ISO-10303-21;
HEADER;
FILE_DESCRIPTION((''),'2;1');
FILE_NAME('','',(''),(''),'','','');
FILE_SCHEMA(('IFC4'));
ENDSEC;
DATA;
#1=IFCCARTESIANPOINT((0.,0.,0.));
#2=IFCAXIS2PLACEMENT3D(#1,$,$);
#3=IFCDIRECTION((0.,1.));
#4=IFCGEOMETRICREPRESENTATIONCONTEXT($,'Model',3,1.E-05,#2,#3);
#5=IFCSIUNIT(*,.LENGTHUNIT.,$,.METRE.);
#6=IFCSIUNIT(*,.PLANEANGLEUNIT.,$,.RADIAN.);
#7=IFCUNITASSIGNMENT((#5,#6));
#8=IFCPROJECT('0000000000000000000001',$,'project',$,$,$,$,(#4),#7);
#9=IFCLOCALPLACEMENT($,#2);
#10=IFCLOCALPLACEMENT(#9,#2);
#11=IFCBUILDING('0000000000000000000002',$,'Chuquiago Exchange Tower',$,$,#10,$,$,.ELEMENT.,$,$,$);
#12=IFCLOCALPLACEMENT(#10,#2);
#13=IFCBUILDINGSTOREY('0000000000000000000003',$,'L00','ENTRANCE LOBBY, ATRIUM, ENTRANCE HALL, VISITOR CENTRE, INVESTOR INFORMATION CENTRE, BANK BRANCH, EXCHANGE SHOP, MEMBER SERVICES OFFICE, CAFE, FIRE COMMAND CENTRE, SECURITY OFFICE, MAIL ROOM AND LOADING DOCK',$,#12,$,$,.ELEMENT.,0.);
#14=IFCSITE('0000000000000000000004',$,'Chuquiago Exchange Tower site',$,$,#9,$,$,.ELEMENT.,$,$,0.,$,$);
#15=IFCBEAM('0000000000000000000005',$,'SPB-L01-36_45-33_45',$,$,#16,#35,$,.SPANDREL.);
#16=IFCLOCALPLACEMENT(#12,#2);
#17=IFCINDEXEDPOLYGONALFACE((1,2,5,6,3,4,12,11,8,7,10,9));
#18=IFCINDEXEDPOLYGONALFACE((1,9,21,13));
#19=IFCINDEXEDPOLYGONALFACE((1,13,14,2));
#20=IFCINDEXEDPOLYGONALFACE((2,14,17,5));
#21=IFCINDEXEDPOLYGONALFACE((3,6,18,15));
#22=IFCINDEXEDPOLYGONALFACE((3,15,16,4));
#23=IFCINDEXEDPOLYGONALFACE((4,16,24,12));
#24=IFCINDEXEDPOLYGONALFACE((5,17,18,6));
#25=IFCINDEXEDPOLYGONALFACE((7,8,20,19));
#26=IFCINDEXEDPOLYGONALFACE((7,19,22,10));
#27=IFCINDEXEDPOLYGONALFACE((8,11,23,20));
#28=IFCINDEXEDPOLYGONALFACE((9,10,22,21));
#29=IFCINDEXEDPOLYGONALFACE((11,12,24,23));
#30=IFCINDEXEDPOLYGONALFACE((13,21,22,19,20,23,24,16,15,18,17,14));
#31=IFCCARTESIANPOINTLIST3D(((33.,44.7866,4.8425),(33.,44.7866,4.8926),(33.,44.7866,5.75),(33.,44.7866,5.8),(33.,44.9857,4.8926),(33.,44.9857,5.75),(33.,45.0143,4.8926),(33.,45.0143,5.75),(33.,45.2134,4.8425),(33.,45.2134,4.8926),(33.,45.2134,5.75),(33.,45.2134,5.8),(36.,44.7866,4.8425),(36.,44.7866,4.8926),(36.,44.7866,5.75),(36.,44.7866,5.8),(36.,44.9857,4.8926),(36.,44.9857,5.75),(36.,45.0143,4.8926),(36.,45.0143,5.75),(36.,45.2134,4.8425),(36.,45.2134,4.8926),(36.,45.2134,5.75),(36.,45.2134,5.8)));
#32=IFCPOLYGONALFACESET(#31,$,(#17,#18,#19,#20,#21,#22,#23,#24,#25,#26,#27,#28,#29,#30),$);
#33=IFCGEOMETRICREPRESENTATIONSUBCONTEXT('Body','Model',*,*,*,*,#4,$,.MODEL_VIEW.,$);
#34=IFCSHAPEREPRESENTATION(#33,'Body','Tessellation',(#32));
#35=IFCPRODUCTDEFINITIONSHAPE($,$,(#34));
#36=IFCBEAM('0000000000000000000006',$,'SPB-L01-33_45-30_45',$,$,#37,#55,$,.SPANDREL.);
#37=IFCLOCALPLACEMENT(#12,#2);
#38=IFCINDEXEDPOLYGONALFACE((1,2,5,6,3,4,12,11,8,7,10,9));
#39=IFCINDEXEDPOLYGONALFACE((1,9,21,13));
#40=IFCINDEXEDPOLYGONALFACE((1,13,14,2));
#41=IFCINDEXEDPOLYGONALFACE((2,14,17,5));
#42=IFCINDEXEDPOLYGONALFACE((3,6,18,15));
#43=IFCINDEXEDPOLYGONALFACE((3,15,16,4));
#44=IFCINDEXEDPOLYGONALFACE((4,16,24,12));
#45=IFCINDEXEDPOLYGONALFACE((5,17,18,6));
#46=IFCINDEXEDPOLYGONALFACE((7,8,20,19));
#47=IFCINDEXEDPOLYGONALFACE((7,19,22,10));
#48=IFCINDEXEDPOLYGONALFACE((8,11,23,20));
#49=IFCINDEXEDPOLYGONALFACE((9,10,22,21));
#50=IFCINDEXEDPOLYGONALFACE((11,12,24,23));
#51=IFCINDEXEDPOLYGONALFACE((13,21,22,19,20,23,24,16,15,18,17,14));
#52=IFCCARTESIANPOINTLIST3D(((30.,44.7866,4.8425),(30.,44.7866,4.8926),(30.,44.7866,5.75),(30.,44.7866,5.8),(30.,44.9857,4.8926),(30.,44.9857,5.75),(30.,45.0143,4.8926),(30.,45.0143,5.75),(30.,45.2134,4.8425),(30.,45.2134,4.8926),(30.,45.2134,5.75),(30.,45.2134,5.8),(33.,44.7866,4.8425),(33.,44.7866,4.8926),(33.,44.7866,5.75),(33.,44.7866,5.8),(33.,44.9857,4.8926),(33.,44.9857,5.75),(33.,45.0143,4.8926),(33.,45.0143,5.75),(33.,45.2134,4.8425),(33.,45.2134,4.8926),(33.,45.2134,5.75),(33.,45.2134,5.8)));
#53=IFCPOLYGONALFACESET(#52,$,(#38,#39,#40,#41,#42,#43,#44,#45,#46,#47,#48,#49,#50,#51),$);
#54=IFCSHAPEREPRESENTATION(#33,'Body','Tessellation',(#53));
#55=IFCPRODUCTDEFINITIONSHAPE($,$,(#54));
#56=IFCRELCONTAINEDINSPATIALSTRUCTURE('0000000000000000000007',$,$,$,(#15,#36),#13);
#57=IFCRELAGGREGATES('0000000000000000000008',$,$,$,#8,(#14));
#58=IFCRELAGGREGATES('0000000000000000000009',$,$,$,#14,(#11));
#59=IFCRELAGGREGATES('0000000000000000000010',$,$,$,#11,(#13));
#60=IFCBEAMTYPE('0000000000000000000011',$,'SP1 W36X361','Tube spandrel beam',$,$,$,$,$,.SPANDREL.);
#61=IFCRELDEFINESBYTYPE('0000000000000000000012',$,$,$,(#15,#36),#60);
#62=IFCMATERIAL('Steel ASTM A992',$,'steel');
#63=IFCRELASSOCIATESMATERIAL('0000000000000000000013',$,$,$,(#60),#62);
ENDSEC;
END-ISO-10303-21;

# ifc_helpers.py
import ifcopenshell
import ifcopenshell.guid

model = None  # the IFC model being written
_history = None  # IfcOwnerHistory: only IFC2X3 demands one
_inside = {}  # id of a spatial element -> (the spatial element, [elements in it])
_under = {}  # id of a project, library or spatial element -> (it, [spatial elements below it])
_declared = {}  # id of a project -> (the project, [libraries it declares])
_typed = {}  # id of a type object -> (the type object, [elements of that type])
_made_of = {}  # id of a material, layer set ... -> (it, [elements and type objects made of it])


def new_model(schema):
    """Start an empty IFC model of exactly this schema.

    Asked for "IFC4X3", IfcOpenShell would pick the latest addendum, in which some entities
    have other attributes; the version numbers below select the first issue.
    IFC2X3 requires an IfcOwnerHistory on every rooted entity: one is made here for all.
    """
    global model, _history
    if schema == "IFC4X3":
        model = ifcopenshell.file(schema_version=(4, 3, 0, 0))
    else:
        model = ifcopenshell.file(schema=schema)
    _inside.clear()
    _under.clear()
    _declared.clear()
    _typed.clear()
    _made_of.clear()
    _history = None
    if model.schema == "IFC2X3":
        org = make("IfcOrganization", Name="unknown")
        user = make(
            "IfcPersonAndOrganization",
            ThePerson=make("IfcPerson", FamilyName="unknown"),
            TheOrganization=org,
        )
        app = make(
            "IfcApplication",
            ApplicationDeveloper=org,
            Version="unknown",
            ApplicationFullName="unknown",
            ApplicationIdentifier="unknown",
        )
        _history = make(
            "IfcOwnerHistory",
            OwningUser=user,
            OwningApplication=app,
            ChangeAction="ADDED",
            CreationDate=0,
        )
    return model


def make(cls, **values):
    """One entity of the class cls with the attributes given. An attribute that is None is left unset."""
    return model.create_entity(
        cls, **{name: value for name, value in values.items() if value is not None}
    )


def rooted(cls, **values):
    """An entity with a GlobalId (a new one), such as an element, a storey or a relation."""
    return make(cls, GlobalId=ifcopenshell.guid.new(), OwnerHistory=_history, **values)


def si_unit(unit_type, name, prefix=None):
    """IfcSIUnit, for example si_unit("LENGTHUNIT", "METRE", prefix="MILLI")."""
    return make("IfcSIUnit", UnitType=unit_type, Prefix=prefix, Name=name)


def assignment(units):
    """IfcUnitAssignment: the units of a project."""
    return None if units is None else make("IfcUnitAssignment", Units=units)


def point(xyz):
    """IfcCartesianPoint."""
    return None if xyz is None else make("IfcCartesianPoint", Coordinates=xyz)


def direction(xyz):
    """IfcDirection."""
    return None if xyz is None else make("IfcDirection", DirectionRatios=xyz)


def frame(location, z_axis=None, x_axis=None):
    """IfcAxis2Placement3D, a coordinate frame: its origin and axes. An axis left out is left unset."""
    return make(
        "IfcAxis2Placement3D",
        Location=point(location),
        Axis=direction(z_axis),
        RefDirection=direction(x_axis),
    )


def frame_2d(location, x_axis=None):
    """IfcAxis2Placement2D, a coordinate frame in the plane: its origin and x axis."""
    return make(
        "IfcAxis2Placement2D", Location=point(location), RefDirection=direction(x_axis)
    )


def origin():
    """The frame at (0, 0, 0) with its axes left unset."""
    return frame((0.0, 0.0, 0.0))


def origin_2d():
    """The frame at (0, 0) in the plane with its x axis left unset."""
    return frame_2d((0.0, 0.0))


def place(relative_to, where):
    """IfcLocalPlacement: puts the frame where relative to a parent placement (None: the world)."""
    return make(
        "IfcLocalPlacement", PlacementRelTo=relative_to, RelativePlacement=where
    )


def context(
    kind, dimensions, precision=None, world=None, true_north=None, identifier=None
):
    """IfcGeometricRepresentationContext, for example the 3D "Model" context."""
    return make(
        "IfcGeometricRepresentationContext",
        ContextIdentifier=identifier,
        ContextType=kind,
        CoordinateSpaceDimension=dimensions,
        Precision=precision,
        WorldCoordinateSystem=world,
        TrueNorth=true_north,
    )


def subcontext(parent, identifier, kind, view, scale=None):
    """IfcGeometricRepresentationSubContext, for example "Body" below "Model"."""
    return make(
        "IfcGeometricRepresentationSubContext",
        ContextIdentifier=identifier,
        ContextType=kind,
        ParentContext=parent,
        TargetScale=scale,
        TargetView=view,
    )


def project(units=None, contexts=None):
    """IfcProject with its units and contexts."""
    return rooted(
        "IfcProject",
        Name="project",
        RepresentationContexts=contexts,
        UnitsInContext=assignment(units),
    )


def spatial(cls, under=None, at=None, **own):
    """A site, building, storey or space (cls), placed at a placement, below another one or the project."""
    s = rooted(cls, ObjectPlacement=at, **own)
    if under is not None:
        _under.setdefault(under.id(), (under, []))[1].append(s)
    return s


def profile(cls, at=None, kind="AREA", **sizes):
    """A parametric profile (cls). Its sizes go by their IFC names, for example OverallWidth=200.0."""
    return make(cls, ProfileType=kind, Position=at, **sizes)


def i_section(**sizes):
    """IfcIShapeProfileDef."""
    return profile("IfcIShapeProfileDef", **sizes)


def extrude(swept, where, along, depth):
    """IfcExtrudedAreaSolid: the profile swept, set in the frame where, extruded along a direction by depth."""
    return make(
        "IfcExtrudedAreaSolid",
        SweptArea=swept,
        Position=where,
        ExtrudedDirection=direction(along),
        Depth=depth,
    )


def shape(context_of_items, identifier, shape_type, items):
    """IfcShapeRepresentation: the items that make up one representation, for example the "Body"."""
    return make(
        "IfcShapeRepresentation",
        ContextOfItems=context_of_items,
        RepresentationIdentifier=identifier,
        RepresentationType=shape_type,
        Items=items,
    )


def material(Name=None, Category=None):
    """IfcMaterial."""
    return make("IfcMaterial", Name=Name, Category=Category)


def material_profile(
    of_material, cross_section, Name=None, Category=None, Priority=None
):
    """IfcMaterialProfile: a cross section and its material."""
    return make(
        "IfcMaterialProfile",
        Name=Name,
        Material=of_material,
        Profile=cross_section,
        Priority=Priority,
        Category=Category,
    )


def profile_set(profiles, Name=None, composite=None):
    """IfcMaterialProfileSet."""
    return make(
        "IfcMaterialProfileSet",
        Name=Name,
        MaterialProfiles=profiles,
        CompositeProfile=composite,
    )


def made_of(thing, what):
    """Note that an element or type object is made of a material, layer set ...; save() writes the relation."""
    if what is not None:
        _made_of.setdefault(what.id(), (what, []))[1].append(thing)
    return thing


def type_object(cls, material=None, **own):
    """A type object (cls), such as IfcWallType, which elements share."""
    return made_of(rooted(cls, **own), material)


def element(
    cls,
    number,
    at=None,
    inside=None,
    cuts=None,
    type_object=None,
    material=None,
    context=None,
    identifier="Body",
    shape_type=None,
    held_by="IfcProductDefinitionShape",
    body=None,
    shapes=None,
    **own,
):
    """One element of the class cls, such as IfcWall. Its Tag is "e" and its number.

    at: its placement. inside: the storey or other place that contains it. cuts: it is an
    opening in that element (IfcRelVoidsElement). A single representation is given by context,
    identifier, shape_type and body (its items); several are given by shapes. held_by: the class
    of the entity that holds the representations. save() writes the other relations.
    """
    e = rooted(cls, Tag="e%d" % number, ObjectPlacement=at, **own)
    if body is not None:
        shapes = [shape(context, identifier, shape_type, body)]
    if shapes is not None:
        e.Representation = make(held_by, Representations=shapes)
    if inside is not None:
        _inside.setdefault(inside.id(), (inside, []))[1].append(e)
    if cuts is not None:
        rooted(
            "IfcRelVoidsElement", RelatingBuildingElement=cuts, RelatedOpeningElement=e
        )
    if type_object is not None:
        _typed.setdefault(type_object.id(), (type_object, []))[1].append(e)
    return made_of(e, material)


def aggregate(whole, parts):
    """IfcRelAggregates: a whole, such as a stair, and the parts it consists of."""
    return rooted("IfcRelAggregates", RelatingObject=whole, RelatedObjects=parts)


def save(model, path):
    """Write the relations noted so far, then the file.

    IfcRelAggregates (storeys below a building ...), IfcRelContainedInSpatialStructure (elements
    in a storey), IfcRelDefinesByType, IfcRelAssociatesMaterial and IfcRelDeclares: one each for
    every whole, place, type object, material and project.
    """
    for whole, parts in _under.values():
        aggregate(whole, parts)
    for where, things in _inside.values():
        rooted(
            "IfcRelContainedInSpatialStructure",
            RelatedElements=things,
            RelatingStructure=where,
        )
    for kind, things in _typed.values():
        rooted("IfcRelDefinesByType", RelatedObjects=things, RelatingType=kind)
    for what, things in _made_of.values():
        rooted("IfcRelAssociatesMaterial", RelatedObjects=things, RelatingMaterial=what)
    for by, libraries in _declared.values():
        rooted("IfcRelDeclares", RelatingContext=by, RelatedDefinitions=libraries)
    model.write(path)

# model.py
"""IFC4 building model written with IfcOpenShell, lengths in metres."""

from ifc_helpers import new_model, si_unit, direction, frame, origin, origin_2d, place, context, subcontext, project, spatial, i_section, extrude, material, material_profile, profile_set, type_object, element, save


model = new_model("IFC4")

# Units and contexts
model_context = context("Model", 3, precision=1e-05, world=origin(), true_north=direction((0.0, 1.0)))
body_context = subcontext(model_context, "Body", "Model", "MODEL_VIEW")
ifc_project = project(units=[si_unit("LENGTHUNIT", "METRE"), si_unit("PLANEANGLEUNIT", "RADIAN")], contexts=[model_context])

# Site, building, storey
site_placement = place(None, origin())
site = spatial("IfcSite", under=ifc_project, at=site_placement, Name="Chuquiago Exchange Tower site", CompositionType="ELEMENT", RefElevation=0.0)
building_placement = place(site_placement, origin())
building = spatial("IfcBuilding", under=site, at=building_placement, Name="Chuquiago Exchange Tower", CompositionType="ELEMENT")
storey_placement = place(building_placement, origin())
storey = spatial("IfcBuildingStorey", under=building, at=storey_placement, Name="L00", Description="ENTRANCE LOBBY, ATRIUM, ENTRANCE HALL, VISITOR CENTRE, INVESTOR INFORMATION CENTRE, BANK BRANCH, EXCHANGE SHOP, MEMBER SERVICES OFFICE, CAFE, FIRE COMMAND CENTRE, SECURITY OFFICE, MAIL ROOM AND LOADING DOCK", CompositionType="ELEMENT", Elevation=0.0)

# Beams
ifc_material_1 = material(Name="Steel ASTM A992", Category="steel")
ifc_material_profile_1 = material_profile(ifc_material_1, i_section(OverallWidth=0.4268, OverallDepth=0.9575, WebThickness=0.0286, FlangeThickness=0.05, at=origin_2d()), Name="W36X361")
ifc_profile_set_1 = profile_set([ifc_material_profile_1], Name="Steel ASTM A992")
beam_type_1 = type_object("IfcBeamType", Name="SP1 W36X361", Description="Tube spandrel beam", PredefinedType="SPANDREL", material=ifc_profile_set_1)
for number, where, z_axis, x_axis, name in (
    (1, (36.0, 45.0, 5.3213), (-1.0, 0.0, 0.0), (0.0, -1.0, 0.0), "SPB-L01-36_45-33_45"),
    (2, (33.0, 45.0, 5.3213), (-1.0, 0.0, 0.0), (0.0, -1.0, 0.0), "SPB-L01-33_45-30_45"),
):
    element("IfcBeam", number, at=place(storey_placement, frame(where, z_axis=z_axis, x_axis=x_axis)), inside=storey, type_object=beam_type_1, Name=name, PredefinedType="SPANDREL", context=body_context, shape_type="SweptSolid", body=[
        extrude(i_section(OverallWidth=0.4268, OverallDepth=0.9575, WebThickness=0.0286, FlangeThickness=0.05, at=origin_2d()), origin(), (0.0, 0.0, 1.0), 3.0),
    ])

save(model, "model.ifc")
